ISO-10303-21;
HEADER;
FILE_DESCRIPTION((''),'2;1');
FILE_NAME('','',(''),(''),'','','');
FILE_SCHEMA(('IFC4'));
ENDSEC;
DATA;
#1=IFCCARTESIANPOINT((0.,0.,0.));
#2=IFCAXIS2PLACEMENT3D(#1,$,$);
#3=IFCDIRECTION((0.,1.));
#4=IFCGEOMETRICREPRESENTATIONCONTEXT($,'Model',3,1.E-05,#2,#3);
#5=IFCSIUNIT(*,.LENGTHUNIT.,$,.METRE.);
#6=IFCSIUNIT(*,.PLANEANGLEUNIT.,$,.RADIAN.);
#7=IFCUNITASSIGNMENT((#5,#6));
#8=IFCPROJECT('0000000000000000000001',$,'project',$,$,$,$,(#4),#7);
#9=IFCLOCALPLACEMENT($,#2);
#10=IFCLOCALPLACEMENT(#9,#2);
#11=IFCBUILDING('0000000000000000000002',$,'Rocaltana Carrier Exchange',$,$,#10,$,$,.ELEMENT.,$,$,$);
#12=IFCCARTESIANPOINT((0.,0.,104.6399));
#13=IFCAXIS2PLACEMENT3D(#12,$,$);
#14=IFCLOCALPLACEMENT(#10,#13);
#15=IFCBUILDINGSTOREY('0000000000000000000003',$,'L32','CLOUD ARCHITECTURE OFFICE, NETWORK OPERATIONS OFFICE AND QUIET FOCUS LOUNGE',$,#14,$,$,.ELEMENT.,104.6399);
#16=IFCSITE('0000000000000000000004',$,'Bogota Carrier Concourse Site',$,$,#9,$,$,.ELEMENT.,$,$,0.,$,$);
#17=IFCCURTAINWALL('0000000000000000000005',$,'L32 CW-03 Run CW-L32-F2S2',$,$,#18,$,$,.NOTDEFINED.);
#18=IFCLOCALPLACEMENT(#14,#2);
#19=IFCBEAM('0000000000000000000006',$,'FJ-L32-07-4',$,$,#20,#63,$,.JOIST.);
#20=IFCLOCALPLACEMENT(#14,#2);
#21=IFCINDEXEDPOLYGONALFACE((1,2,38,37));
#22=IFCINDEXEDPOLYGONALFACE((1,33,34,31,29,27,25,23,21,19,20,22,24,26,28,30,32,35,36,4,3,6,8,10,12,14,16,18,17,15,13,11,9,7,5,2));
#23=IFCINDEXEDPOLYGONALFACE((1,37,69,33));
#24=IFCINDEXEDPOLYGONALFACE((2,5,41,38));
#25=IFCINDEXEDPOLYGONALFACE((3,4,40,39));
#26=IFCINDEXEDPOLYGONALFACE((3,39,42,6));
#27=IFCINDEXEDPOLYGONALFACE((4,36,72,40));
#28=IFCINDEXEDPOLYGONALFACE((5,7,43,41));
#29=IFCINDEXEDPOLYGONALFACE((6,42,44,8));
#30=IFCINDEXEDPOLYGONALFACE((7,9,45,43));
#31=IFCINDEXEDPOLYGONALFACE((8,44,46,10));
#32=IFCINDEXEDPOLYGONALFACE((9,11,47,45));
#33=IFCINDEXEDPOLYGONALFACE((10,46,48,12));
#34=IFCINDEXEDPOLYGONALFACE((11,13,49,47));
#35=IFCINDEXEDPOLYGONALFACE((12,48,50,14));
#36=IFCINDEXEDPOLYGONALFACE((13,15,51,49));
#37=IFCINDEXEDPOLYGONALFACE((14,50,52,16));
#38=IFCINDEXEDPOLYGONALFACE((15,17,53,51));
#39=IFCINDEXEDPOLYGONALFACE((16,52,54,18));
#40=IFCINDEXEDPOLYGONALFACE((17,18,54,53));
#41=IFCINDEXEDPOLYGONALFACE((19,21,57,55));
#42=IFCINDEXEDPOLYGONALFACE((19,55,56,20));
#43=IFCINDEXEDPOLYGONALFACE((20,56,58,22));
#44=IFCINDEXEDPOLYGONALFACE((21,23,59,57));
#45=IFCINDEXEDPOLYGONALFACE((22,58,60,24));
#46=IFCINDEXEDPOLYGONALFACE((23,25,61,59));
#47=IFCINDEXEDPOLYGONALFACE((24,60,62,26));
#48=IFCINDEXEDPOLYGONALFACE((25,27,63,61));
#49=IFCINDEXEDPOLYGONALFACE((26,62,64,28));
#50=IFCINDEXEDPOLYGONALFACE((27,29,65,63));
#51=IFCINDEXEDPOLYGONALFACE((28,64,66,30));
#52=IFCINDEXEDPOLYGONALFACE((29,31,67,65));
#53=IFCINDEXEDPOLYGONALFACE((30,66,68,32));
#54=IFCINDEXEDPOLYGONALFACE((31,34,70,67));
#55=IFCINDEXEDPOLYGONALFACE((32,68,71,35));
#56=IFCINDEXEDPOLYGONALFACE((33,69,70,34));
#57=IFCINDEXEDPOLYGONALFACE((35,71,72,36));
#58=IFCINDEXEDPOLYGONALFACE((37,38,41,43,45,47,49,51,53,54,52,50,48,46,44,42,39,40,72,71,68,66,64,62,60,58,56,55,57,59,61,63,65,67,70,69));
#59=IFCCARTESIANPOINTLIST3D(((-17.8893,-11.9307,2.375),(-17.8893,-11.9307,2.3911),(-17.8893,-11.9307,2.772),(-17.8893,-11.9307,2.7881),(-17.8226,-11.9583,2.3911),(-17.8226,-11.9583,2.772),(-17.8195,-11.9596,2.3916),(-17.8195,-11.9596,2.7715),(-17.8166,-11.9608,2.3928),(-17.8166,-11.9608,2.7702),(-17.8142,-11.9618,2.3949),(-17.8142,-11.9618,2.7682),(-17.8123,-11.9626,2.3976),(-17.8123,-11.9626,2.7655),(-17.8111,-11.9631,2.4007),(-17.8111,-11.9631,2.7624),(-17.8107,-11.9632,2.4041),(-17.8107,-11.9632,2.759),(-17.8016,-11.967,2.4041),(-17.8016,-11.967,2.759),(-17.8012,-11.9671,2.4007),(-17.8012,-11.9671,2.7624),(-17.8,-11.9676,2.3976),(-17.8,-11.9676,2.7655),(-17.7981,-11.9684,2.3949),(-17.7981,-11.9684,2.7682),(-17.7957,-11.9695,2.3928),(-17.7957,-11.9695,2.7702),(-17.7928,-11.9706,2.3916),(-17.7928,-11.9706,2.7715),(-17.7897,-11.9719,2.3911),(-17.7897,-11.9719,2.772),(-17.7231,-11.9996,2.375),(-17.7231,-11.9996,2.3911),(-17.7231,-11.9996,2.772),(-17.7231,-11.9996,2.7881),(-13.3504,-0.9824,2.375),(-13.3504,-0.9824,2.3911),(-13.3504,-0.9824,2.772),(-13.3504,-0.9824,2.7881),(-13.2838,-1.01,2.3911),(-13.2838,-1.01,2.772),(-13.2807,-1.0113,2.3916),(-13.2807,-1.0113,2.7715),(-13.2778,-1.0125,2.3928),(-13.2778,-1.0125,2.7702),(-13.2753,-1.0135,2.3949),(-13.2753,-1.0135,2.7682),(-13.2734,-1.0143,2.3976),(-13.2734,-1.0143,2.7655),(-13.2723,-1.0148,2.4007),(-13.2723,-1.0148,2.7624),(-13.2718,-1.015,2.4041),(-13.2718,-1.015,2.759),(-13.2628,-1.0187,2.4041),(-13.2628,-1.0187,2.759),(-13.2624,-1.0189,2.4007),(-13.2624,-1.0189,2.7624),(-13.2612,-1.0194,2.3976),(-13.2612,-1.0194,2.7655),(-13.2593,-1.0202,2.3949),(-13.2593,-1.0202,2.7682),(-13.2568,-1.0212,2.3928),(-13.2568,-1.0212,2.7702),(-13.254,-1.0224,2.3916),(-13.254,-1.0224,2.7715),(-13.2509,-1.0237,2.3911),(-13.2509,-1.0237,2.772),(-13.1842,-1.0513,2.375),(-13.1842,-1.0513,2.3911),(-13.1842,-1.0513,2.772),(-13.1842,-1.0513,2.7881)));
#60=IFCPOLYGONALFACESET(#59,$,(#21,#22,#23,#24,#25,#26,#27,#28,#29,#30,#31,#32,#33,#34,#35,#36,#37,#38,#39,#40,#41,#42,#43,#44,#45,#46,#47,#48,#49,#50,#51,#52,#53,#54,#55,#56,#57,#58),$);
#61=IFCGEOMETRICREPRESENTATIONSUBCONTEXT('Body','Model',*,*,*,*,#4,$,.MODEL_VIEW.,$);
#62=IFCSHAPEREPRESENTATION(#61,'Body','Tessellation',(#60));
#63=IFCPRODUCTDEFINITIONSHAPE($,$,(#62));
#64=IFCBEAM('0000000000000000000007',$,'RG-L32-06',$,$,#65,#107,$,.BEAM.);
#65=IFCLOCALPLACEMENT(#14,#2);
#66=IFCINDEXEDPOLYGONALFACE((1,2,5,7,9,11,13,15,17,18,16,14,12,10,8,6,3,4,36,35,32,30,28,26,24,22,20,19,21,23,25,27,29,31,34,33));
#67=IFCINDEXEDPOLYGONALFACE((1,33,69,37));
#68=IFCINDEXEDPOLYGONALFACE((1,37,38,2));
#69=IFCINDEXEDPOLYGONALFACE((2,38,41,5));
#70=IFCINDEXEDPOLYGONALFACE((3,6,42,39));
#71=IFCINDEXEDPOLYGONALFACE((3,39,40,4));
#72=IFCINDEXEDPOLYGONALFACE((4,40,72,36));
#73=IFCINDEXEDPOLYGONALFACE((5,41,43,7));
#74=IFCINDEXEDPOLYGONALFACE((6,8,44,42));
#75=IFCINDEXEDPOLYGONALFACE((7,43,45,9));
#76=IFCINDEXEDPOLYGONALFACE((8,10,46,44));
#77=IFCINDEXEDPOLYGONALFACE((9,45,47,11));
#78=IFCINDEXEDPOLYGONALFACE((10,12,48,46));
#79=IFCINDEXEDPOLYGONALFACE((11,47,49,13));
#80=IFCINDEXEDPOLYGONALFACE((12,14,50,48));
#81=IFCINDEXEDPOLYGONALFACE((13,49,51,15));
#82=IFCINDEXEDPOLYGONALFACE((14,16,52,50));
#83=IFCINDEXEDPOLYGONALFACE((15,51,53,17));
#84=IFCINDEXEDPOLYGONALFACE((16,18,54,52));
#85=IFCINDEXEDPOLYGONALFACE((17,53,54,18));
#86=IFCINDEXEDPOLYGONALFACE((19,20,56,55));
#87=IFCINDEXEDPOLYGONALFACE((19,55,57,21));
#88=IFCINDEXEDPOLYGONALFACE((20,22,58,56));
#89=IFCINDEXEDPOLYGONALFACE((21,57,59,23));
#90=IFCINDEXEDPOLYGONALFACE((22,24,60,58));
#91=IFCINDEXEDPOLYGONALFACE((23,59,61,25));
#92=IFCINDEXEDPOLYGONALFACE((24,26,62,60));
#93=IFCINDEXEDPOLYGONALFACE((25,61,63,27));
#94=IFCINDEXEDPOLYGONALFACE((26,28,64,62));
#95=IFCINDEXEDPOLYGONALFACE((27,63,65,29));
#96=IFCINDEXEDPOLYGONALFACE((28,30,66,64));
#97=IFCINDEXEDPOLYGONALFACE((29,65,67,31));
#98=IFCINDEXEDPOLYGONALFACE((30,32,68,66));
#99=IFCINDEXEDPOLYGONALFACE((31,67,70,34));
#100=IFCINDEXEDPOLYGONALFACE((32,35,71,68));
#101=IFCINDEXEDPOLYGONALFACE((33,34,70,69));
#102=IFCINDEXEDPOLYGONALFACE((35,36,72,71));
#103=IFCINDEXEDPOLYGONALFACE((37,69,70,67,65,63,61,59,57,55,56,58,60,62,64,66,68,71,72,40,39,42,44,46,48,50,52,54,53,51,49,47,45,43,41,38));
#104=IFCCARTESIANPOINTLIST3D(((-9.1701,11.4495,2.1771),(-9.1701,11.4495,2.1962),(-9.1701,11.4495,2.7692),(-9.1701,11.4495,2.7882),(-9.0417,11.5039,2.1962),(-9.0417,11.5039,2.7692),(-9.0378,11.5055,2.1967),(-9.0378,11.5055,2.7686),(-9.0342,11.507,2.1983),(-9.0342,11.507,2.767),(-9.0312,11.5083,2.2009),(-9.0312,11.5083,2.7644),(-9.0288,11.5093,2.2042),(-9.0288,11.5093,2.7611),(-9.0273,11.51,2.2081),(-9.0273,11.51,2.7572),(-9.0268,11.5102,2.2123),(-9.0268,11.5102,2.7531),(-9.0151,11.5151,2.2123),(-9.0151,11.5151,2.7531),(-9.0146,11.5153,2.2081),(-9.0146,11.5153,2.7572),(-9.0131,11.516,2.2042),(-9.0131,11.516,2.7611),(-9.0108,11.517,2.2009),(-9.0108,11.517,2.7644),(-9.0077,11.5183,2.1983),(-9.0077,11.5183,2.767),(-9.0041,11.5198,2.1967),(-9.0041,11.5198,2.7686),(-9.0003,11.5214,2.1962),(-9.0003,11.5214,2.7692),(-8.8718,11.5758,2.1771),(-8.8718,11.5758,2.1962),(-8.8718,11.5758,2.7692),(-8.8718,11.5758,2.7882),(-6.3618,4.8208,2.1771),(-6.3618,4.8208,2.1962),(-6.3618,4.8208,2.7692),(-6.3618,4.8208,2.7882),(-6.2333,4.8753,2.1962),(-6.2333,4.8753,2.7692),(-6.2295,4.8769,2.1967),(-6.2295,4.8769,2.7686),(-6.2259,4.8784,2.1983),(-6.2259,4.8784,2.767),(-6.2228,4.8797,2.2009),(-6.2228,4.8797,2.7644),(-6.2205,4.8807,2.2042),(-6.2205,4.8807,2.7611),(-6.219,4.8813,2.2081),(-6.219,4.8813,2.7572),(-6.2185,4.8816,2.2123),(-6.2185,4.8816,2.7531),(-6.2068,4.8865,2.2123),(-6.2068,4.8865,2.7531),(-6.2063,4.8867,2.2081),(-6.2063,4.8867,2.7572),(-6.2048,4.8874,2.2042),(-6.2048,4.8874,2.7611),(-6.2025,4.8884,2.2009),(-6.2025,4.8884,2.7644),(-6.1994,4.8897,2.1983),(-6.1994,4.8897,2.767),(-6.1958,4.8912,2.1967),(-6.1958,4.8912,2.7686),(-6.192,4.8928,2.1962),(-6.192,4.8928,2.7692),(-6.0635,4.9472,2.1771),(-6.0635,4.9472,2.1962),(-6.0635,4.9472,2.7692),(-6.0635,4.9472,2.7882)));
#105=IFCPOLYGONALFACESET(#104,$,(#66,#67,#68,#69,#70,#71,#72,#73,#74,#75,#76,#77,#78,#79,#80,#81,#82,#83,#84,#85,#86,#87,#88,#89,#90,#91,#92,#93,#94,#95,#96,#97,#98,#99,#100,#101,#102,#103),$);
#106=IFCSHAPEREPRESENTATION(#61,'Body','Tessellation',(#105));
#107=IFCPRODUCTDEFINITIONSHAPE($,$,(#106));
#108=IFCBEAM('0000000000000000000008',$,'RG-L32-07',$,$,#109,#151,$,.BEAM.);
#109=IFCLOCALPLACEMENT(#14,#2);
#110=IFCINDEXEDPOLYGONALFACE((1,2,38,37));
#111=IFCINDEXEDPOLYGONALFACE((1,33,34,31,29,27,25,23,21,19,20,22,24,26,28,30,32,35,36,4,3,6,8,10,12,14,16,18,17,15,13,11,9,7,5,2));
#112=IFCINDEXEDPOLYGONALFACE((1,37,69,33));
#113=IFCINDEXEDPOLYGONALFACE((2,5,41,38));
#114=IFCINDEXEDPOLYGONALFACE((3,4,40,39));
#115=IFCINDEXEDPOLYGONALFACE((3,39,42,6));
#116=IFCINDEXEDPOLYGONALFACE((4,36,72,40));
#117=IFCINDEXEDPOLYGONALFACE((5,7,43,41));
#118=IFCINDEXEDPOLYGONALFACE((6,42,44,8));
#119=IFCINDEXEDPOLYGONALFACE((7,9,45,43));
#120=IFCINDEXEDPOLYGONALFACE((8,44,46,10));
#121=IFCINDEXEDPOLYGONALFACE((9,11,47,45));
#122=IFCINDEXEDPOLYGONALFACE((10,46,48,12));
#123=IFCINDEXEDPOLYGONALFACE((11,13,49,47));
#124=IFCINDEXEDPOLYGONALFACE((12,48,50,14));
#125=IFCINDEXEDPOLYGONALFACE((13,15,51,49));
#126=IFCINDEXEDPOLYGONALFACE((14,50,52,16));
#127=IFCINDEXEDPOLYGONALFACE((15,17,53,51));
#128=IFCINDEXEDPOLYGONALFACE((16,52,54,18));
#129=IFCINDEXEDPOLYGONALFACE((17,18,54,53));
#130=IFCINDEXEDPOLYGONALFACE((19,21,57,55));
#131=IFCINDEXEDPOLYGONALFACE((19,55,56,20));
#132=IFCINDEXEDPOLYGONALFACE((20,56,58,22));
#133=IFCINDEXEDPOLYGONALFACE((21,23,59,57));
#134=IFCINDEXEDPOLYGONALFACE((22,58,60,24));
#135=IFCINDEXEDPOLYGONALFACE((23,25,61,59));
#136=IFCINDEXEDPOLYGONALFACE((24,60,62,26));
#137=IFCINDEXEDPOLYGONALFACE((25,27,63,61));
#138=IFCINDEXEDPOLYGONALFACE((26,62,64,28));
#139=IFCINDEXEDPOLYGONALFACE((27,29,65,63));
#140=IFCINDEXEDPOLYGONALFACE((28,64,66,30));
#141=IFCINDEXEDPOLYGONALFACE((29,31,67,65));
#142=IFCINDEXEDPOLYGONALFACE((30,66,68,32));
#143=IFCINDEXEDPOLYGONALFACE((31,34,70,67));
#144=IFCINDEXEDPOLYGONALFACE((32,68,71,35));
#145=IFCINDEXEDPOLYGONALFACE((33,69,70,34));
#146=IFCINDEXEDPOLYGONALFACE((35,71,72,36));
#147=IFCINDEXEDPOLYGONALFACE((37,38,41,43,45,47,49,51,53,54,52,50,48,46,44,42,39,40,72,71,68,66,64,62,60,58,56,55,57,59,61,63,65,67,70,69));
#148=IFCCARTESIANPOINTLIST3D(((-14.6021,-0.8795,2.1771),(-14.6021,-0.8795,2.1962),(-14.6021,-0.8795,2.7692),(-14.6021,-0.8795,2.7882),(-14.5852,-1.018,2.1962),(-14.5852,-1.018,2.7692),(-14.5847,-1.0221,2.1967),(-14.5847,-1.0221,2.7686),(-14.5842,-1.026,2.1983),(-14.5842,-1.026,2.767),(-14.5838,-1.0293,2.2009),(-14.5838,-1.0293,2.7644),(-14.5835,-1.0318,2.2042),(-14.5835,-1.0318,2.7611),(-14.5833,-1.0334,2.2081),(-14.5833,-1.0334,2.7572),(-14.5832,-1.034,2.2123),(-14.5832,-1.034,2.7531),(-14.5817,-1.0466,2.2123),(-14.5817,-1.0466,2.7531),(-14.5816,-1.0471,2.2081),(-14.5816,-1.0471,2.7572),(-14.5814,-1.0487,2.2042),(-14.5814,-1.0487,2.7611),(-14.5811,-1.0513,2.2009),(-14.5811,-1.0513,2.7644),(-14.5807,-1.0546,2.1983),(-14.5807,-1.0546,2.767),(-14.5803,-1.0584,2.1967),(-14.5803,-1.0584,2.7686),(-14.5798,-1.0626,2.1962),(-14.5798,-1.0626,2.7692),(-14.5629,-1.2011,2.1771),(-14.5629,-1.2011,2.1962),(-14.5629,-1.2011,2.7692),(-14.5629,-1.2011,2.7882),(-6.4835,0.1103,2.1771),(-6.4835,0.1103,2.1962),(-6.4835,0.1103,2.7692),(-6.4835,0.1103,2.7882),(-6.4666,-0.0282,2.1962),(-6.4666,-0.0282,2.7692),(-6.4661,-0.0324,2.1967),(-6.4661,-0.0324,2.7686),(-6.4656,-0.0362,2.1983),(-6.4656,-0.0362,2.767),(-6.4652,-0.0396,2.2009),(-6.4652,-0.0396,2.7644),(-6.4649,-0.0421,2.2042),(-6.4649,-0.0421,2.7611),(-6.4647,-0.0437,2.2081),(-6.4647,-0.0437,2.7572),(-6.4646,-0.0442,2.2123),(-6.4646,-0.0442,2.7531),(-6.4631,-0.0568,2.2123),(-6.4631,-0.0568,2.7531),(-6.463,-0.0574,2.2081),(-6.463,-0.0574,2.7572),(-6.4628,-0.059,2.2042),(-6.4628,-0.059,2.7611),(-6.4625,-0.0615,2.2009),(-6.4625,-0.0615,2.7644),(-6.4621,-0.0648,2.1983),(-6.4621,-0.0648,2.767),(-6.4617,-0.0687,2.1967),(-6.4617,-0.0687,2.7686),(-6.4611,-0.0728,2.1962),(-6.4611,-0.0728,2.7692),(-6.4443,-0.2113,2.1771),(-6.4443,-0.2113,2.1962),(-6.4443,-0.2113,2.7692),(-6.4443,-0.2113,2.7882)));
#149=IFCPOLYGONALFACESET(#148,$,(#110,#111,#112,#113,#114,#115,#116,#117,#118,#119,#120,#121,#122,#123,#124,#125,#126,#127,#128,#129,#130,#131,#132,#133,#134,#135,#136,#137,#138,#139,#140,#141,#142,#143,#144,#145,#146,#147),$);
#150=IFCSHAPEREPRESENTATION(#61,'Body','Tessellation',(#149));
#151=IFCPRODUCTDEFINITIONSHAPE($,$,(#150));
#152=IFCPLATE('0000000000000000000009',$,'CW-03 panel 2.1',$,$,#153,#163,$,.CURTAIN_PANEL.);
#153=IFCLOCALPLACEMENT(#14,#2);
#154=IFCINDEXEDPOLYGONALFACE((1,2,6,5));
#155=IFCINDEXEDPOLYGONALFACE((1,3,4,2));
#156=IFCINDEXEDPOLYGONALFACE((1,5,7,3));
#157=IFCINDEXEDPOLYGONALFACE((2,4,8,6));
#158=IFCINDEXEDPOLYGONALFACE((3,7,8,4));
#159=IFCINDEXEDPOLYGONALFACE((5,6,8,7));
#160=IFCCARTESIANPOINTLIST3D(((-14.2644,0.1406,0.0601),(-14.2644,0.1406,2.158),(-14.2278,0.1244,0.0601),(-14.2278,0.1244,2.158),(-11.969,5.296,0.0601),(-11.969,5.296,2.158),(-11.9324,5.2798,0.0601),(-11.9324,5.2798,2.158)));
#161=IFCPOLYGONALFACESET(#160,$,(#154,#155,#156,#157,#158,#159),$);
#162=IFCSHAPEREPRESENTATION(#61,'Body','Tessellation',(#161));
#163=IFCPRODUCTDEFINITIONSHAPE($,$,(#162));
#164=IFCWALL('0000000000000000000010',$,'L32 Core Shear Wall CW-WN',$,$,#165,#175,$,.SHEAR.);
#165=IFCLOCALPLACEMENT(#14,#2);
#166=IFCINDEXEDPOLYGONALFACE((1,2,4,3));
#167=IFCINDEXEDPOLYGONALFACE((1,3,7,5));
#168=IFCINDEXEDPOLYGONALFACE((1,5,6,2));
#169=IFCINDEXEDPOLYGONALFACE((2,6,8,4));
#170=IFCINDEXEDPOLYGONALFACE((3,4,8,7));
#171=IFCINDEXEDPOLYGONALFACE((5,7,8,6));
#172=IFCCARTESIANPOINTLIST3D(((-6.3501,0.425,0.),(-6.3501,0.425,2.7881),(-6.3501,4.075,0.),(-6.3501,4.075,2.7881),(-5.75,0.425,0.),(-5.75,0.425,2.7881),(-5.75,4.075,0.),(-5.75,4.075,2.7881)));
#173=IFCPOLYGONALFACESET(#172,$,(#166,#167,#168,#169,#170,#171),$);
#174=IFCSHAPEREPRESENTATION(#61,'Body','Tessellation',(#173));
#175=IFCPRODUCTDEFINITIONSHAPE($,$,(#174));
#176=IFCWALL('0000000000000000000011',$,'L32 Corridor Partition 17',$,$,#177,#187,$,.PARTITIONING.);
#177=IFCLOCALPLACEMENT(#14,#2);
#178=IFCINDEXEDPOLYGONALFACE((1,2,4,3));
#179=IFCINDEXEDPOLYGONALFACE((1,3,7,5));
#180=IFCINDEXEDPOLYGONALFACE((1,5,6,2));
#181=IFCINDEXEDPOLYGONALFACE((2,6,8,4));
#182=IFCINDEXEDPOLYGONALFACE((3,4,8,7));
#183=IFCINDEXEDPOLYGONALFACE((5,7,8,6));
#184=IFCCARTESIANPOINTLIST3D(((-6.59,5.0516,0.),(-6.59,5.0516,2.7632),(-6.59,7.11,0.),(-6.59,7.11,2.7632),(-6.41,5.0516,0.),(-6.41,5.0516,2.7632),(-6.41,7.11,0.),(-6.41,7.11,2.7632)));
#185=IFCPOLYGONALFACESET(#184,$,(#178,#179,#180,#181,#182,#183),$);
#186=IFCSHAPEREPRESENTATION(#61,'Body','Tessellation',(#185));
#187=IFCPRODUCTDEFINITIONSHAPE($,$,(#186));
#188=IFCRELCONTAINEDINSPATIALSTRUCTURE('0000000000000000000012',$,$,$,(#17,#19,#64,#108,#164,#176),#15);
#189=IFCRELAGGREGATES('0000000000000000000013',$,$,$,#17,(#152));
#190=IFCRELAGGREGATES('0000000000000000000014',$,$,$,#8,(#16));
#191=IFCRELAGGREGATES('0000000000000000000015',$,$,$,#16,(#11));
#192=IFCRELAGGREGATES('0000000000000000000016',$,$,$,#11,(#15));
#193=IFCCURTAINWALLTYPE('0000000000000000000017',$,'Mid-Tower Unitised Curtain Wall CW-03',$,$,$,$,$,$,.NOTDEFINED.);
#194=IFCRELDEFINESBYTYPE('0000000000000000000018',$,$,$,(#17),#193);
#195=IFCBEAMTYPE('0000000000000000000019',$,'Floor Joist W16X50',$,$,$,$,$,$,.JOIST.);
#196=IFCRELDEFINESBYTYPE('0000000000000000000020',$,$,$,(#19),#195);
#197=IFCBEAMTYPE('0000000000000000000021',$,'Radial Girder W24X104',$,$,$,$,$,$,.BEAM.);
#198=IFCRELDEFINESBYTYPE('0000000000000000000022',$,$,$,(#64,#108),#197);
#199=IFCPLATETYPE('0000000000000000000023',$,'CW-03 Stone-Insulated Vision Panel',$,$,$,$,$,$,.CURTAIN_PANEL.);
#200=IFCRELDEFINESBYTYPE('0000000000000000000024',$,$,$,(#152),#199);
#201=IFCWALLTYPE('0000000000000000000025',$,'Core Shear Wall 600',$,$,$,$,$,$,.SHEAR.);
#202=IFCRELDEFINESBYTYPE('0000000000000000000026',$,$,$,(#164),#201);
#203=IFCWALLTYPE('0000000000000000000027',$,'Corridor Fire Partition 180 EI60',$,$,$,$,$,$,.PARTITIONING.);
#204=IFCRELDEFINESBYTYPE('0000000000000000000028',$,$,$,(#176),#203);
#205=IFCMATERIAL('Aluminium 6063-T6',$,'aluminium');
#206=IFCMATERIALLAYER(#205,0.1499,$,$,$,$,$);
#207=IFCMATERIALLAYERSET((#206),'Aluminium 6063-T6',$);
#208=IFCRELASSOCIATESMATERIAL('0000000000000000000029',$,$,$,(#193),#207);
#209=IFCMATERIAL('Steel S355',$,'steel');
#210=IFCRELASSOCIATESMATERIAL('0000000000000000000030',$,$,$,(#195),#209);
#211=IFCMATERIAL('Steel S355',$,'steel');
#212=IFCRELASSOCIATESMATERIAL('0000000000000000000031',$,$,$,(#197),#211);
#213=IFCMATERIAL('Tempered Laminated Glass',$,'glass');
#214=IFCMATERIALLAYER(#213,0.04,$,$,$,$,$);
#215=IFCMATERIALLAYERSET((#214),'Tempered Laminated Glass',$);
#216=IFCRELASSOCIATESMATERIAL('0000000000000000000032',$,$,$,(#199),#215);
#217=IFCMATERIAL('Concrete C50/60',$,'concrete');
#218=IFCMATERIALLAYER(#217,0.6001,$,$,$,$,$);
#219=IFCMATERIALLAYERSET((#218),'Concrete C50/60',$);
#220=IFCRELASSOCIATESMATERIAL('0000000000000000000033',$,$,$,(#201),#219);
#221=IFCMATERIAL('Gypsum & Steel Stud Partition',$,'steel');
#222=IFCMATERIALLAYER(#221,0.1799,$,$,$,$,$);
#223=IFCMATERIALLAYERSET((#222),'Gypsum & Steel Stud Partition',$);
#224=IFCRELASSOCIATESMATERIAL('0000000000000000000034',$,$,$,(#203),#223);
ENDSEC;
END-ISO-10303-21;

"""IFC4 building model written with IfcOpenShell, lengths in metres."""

from ifc_helpers import new_model, si_unit, direction, frame, frame_2d, origin, origin_2d, place, context, subcontext, project, spatial, rectangle, i_section, extrude, material, layer, layer_set, material_profile, profile_set, type_object, element, aggregate, save


model = new_model("IFC4")

# Units and contexts
model_context = context("Model", 3, precision=1e-05, world=origin(), true_north=direction((0.0, 1.0)))
body_context = subcontext(model_context, "Body", "Model", "MODEL_VIEW")
ifc_project = project(units=[si_unit("LENGTHUNIT", "METRE"), si_unit("PLANEANGLEUNIT", "RADIAN")], contexts=[model_context])

# Site, building, storey
site_placement = place(None, origin())
site = spatial("IfcSite", under=ifc_project, at=site_placement, Name="Bogota Carrier Concourse Site", CompositionType="ELEMENT", RefElevation=0.0)
building_placement = place(site_placement, origin())
building = spatial("IfcBuilding", under=site, at=building_placement, Name="Rocaltana Carrier Exchange", CompositionType="ELEMENT")
storey_placement = place(building_placement, frame((0.0, 0.0, 104.6399)))
storey = spatial("IfcBuildingStorey", under=building, at=storey_placement, Name="L32", Description="CLOUD ARCHITECTURE OFFICE, NETWORK OPERATIONS OFFICE AND QUIET FOCUS LOUNGE", CompositionType="ELEMENT", Elevation=104.6399)

# Curtain wall
ifc_material_1 = material(Name="Aluminium 6063-T6", Category="aluminium")
ifc_layer_1 = layer(ifc_material_1, 0.1499)
ifc_layer_set_1 = layer_set([ifc_layer_1], Name="Aluminium 6063-T6")
curtain_wall_type = type_object("IfcCurtainWallType", Name="Mid-Tower Unitised Curtain Wall CW-03", PredefinedType="NOTDEFINED", material=ifc_layer_set_1)
curtain_wall_placement = place(storey_placement, origin())
curtain_wall = element("IfcCurtainWall", 1, at=curtain_wall_placement, inside=storey, type_object=curtain_wall_type, Name="L32 CW-03 Run CW-L32-F2S2", PredefinedType="NOTDEFINED")

# Beams
ifc_material_2 = material(Name="Steel S355", Category="steel")
ifc_material_profile_1 = material_profile(ifc_material_2, i_section(OverallWidth=0.1799, OverallDepth=0.4131, WebThickness=0.0098, FlangeThickness=0.0161, FilletRadius=0.0129, at=origin_2d()), Name="W16X50")
ifc_profile_set_1 = profile_set([ifc_material_profile_1], Name="Steel S355")
beam_type_1 = type_object("IfcBeamType", Name="Floor Joist W16X50", PredefinedType="JOIST", material=ifc_profile_set_1)
beam_1_placement = place(storey_placement, frame((-13.2673, -1.0168, 2.5815), z_axis=(-0.382965, -0.923763, 0.0), x_axis=(0.923763, -0.382965, 0.0)))
element("IfcBeam", 2, at=beam_1_placement, inside=storey, type_object=beam_type_1, Name="FJ-L32-07-4", PredefinedType="JOIST", context=body_context, shape_type="SweptSolid", body=[
    extrude(i_section(OverallWidth=0.1799, OverallDepth=0.4131, WebThickness=0.0098, FlangeThickness=0.0161, FilletRadius=0.0129, at=origin_2d()), origin(), (0.0, 0.0, 1.0), 11.8518),
])
ifc_material_3 = material(Name="Steel S355", Category="steel")
ifc_material_profile_2 = material_profile(ifc_material_3, i_section(OverallWidth=0.324, OverallDepth=0.6111, WebThickness=0.0127, FlangeThickness=0.019, FilletRadius=0.0161, at=origin_2d()), Name="W24X104")
ifc_profile_set_2 = profile_set([ifc_material_profile_2], Name="Steel S355")
beam_type_2 = type_object("IfcBeamType", Name="Radial Girder W24X104", PredefinedType="BEAM", material=ifc_profile_set_2)
beam_2_placement = place(storey_placement, frame((-6.2126, 4.884, 2.4827), z_axis=(-0.390101, 0.920772, 0.0), x_axis=(-0.920772, -0.390101, 0.0)))
element("IfcBeam", 3, at=beam_2_placement, inside=storey, type_object=beam_type_2, Name="RG-L32-06", PredefinedType="BEAM", context=body_context, shape_type="SweptSolid", body=[
    extrude(i_section(OverallWidth=0.324, OverallDepth=0.6111, WebThickness=0.0127, FlangeThickness=0.019, FilletRadius=0.0161, at=origin_2d()), origin(), (0.0, 0.0, 1.0), 7.199),
])
beam_3_placement = place(storey_placement, frame((-6.4639, -0.0505, 2.4827), z_axis=(-0.992651, -0.121014, 0.0), x_axis=(0.121014, -0.992651, 0.0)))
element("IfcBeam", 4, at=beam_3_placement, inside=storey, type_object=beam_type_2, Name="RG-L32-07", PredefinedType="BEAM", context=body_context, shape_type="SweptSolid", body=[
    extrude(i_section(OverallWidth=0.324, OverallDepth=0.6111, WebThickness=0.0127, FlangeThickness=0.019, FilletRadius=0.0161, at=origin_2d()), origin(), (0.0, 0.0, 1.0), 8.1787),
])

# Plate
ifc_material_4 = material(Name="Tempered Laminated Glass", Category="glass")
ifc_layer_2 = layer(ifc_material_4, 0.04)
ifc_layer_set_2 = layer_set([ifc_layer_2], Name="Tempered Laminated Glass")
plate_type = type_object("IfcPlateType", Name="CW-03 Stone-Insulated Vision Panel", PredefinedType="CURTAIN_PANEL", material=ifc_layer_set_2)
plate_placement = place(storey_placement, frame((-13.0984, 2.7102, 0.0601), z_axis=(0.0, 0.0, 1.0), x_axis=(-0.406744, -0.913542, 0.0)))
plate = element("IfcPlate", 5, at=plate_placement, type_object=plate_type, Name="CW-03 panel 2.1", PredefinedType="CURTAIN_PANEL", context=body_context, shape_type="SweptSolid", body=[
    extrude(rectangle(XDim=5.6433, YDim=0.04, at=origin_2d()), origin(), (0.0, 0.0, 1.0), 2.0979),
])
aggregate(curtain_wall, [plate])

# Walls
ifc_material_5 = material(Name="Concrete C50/60", Category="concrete")
ifc_layer_3 = layer(ifc_material_5, 0.6001)
ifc_layer_set_3 = layer_set([ifc_layer_3], Name="Concrete C50/60")
wall_type_1 = type_object("IfcWallType", Name="Core Shear Wall 600", PredefinedType="SHEAR", material=ifc_layer_set_3)
wall_1_placement = place(storey_placement, frame((-6.05, 0.425, 0.0), z_axis=(0.0, 0.0, 1.0), x_axis=(0.0, 1.0, 0.0)))
element("IfcWall", 6, at=wall_1_placement, inside=storey, type_object=wall_type_1, Name="L32 Core Shear Wall CW-WN", PredefinedType="SHEAR", context=body_context, shape_type="SweptSolid", body=[
    extrude(rectangle(XDim=3.6499, YDim=0.6001, at=frame_2d((1.825, 0.0))), origin(), (0.0, 0.0, 1.0), 2.7881),
])
ifc_material_6 = material(Name="Gypsum & Steel Stud Partition", Category="steel")
ifc_layer_4 = layer(ifc_material_6, 0.1799)
ifc_layer_set_4 = layer_set([ifc_layer_4], Name="Gypsum & Steel Stud Partition")
wall_type_2 = type_object("IfcWallType", Name="Corridor Fire Partition 180 EI60", PredefinedType="PARTITIONING", material=ifc_layer_set_4)
wall_2_placement = place(storey_placement, frame((-6.5, 7.1101, 0.0), z_axis=(0.0, 0.0, 1.0), x_axis=(0.0, -1.0, 0.0)))
element("IfcWall", 7, at=wall_2_placement, inside=storey, type_object=wall_type_2, Name="L32 Corridor Partition 17", PredefinedType="PARTITIONING", context=body_context, shape_type="SweptSolid", body=[
    extrude(rectangle(XDim=2.0583, YDim=0.1799, at=frame_2d((1.0293, 0.0))), origin(), (0.0, 0.0, 1.0), 2.7632),
])

save(model, "model.ifc")
